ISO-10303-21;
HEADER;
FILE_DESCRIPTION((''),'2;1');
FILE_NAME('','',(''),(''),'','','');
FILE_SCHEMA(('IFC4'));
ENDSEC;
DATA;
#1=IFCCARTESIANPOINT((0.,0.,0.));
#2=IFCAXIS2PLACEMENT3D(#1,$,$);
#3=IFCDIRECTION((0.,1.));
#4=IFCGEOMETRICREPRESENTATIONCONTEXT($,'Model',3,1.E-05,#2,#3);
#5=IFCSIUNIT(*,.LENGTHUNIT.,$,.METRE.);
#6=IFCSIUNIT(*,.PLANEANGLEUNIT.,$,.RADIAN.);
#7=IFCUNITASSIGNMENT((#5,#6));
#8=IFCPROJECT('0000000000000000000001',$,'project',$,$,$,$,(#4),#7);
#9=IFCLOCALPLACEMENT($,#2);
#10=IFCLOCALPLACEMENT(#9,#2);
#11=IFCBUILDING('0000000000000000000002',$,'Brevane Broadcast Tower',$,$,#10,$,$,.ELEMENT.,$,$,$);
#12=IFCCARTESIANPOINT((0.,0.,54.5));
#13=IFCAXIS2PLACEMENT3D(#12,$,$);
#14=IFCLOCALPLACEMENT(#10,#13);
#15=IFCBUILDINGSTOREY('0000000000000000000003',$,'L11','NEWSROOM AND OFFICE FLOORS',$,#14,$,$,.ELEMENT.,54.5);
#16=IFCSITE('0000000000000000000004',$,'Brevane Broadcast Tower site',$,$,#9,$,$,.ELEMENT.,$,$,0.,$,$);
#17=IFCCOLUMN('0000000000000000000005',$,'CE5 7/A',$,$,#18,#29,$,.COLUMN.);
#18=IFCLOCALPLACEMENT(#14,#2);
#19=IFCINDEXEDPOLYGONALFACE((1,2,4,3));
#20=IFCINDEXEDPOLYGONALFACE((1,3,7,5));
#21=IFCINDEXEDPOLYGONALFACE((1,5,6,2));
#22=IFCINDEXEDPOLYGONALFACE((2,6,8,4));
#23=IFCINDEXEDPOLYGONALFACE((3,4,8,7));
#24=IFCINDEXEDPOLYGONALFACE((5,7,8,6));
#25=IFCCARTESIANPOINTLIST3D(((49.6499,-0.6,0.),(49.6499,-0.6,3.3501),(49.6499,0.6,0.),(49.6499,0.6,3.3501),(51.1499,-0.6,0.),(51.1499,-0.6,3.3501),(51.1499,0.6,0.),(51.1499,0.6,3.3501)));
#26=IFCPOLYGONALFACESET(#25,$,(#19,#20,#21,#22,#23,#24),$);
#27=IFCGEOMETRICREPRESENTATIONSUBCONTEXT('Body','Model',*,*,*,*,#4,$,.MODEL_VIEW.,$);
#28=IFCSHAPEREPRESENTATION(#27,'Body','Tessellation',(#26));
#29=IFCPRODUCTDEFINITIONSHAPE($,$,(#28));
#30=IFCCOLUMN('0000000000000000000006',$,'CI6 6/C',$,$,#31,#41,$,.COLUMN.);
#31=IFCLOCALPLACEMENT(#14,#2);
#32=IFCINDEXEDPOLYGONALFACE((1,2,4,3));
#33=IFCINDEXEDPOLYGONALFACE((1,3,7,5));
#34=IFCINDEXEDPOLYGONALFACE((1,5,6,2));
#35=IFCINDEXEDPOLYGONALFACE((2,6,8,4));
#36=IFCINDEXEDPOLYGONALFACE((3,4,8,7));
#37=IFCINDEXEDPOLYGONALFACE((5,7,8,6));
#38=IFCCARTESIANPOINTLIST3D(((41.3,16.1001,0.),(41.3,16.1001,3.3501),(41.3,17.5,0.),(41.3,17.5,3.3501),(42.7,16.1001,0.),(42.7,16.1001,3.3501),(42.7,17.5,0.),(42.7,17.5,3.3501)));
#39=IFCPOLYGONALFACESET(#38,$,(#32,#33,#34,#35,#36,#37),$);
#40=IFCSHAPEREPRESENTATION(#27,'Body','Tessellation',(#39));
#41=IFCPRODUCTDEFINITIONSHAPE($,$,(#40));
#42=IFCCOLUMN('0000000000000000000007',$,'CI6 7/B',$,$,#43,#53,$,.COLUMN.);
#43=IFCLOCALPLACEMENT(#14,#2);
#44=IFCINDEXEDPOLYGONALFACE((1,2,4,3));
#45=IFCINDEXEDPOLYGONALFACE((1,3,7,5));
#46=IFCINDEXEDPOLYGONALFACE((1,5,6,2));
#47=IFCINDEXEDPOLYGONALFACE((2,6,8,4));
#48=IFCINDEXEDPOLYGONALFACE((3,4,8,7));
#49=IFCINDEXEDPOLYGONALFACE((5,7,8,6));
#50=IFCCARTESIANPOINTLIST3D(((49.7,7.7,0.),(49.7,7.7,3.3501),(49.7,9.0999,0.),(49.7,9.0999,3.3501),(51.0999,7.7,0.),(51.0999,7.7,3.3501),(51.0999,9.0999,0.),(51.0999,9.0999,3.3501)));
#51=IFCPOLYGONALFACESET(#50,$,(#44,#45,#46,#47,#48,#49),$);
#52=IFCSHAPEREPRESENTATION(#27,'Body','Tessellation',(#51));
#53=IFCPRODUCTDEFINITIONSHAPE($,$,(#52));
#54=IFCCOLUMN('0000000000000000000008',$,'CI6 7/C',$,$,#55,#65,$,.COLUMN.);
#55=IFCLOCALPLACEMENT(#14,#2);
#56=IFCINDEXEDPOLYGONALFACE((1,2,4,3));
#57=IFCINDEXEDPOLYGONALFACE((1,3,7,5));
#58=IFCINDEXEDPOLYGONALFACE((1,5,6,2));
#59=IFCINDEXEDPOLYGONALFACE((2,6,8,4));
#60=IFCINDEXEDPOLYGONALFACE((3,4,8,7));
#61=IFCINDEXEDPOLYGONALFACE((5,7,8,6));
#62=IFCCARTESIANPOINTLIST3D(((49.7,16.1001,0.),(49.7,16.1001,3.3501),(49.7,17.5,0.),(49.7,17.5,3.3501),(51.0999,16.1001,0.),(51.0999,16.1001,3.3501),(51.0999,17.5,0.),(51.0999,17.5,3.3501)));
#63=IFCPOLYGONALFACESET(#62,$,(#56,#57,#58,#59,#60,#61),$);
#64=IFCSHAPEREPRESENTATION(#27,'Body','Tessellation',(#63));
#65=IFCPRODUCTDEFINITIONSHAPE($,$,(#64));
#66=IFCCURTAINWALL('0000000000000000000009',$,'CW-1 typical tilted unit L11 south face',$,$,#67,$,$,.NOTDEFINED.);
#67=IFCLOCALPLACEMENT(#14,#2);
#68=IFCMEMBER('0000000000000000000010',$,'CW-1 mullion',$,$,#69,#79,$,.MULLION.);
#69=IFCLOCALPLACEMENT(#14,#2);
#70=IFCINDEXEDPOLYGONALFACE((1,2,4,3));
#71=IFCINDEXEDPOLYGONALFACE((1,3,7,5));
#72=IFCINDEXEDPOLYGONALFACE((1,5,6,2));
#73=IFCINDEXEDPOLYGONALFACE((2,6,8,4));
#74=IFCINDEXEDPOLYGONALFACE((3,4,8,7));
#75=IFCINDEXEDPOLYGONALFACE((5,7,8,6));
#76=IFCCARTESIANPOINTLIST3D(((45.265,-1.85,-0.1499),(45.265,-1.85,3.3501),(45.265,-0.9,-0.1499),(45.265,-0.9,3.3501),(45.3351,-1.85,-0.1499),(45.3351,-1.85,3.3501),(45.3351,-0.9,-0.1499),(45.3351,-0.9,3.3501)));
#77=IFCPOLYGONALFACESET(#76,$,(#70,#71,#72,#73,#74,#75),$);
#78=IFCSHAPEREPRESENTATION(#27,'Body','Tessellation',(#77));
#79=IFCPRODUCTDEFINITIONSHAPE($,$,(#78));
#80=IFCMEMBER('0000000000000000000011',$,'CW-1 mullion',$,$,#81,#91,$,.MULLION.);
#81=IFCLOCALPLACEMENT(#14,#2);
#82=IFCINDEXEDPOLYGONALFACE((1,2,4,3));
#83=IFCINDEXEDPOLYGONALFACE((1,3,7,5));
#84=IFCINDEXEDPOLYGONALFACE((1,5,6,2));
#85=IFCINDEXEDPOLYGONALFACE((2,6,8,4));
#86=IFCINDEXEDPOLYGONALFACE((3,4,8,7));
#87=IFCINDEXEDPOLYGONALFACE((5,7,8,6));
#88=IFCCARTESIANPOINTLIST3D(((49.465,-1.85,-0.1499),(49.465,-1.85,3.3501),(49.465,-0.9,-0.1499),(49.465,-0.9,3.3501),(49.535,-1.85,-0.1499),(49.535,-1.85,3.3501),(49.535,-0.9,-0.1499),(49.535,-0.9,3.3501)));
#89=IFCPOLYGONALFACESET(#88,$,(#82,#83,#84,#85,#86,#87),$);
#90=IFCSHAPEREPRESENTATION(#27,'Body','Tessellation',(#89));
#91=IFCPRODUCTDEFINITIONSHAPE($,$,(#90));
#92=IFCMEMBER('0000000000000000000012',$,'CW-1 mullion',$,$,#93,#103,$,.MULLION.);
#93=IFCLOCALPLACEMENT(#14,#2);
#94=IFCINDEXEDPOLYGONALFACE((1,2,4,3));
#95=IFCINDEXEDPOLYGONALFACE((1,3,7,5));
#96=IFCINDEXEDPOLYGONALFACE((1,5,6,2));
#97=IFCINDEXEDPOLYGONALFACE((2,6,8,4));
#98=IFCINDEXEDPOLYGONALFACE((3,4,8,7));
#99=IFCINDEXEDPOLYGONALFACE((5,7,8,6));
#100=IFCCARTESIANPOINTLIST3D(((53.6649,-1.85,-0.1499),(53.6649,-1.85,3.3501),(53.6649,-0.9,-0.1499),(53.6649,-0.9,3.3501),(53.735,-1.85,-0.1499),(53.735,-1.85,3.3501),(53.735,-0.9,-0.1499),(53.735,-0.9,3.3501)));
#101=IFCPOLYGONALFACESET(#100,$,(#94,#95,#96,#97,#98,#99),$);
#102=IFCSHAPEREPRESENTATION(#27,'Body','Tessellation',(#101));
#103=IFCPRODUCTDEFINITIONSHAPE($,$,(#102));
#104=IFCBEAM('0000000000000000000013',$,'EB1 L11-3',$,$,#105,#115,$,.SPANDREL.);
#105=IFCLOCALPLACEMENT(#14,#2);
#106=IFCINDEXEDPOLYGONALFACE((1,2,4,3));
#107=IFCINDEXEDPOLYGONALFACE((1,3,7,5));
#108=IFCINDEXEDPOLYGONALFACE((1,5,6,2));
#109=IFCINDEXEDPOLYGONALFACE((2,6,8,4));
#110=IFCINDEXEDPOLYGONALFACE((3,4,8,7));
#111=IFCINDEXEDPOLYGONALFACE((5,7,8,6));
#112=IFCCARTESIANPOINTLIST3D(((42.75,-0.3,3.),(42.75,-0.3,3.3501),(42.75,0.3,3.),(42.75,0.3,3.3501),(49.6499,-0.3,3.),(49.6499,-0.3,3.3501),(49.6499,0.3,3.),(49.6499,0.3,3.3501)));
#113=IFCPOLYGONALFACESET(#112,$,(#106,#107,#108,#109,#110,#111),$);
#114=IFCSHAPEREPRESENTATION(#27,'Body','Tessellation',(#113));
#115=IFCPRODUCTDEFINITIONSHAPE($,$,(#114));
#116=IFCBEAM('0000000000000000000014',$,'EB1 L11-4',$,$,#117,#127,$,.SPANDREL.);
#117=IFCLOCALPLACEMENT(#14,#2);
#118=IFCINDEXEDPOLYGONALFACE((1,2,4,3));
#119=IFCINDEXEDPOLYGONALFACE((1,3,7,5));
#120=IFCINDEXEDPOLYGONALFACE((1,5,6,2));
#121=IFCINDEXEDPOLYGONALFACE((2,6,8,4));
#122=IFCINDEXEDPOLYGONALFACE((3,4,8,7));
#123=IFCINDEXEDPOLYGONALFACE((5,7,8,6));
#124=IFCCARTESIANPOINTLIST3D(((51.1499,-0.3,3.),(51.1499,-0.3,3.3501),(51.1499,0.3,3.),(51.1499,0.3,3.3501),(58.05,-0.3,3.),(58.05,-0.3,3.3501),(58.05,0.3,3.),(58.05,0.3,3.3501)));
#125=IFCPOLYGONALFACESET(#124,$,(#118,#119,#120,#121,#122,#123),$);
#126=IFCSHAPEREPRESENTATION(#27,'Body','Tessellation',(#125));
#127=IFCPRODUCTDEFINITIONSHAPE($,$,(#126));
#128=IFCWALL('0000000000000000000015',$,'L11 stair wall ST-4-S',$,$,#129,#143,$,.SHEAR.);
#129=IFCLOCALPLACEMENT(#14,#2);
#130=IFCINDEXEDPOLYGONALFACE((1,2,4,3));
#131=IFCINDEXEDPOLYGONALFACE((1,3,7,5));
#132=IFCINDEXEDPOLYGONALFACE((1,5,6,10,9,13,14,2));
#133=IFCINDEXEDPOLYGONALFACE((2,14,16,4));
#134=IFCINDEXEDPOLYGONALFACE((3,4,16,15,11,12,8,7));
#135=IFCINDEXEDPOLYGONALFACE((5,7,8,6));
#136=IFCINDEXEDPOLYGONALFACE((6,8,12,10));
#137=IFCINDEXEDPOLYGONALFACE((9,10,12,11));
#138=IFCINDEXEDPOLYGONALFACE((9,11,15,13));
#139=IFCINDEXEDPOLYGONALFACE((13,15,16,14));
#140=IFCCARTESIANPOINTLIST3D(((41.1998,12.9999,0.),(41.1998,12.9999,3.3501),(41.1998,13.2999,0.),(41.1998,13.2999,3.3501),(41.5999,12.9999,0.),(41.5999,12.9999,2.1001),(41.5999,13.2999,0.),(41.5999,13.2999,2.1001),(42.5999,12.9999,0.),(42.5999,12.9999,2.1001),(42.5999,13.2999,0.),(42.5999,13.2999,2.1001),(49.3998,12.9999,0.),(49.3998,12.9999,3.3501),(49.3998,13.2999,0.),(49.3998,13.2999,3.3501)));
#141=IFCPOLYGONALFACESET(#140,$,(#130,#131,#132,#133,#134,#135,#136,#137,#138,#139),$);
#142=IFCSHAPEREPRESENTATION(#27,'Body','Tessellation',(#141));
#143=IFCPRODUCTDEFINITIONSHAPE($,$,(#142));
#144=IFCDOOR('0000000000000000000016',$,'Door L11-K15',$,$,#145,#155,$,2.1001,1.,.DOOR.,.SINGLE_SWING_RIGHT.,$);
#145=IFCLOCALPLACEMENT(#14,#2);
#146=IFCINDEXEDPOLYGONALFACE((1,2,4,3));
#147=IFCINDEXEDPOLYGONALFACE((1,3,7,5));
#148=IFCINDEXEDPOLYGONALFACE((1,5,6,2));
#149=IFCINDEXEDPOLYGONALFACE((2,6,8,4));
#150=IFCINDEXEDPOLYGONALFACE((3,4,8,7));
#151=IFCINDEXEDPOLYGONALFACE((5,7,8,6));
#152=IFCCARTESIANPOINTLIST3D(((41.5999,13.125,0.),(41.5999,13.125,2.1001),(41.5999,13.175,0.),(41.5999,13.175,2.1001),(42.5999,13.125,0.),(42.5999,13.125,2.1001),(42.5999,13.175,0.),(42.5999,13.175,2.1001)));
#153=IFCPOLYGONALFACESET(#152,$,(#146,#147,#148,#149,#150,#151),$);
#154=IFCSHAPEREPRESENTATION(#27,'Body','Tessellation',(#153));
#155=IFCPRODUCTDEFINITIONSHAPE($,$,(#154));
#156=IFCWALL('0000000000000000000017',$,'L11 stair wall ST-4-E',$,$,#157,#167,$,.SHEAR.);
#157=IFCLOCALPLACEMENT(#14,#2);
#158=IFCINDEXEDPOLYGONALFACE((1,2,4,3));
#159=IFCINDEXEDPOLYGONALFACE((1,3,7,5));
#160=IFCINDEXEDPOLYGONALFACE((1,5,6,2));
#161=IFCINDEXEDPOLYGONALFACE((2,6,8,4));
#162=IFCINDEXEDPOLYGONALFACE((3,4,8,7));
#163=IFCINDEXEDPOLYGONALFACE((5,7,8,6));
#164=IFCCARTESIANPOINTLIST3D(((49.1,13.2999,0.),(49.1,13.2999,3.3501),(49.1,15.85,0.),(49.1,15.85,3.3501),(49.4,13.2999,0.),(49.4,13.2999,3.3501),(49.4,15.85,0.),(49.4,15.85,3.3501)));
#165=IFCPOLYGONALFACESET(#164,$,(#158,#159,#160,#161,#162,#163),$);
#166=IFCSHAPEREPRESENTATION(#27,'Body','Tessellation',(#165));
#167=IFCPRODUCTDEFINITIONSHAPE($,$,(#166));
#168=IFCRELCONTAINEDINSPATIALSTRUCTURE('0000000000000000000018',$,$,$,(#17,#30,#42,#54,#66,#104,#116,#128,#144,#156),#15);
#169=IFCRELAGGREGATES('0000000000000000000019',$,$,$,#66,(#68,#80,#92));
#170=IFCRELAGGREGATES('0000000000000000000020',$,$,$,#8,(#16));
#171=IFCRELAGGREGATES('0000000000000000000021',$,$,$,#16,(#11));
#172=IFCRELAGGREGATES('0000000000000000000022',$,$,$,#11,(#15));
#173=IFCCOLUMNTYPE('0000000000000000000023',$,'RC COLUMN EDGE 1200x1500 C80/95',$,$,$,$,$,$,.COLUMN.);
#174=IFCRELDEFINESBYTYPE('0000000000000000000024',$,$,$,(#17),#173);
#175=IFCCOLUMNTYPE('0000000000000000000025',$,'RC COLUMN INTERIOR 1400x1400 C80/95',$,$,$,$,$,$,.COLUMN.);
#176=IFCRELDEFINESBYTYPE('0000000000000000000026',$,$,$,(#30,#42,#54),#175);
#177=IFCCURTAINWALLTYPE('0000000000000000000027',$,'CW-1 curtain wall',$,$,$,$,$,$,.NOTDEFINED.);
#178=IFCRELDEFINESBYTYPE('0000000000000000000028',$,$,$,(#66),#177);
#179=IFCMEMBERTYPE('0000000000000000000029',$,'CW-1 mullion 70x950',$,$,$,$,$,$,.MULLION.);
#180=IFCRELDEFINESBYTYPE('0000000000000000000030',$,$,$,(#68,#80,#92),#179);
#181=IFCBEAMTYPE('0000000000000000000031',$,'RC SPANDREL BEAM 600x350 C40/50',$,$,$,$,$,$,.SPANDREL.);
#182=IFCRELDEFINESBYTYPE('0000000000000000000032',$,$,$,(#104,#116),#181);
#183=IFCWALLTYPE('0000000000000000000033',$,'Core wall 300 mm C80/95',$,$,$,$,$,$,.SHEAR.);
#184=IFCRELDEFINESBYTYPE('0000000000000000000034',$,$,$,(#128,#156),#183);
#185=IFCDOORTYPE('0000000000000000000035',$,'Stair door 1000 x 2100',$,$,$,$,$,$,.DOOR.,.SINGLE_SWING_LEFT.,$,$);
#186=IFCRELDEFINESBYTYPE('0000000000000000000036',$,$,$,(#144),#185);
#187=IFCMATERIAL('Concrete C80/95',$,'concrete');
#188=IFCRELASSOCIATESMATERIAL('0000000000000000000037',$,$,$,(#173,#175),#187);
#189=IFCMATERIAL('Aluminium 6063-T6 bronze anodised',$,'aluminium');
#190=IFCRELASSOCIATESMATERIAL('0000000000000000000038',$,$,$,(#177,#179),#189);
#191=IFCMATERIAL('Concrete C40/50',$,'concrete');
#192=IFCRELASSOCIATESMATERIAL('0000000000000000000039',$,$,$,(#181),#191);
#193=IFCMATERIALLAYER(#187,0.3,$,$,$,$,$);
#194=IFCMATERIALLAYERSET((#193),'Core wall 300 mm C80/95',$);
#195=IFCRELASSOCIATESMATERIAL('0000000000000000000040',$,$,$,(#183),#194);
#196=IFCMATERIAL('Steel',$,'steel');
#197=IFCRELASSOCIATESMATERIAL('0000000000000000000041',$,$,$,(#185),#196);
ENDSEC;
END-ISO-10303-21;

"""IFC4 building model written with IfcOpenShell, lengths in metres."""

from ifc_helpers import new_model, si_unit, direction, frame, frame_2d, origin, origin_2d, place, context, subcontext, project, spatial, rectangle, extrude, material, layer, layer_set, material_profile, profile_set, type_object, element, fill, aggregate, save


model = new_model("IFC4")

# Units and contexts
model_context = context("Model", 3, precision=1e-05, world=origin(), true_north=direction((0.0, 1.0)))
body_context = subcontext(model_context, "Body", "Model", "MODEL_VIEW")
ifc_project = project(units=[si_unit("LENGTHUNIT", "METRE"), si_unit("PLANEANGLEUNIT", "RADIAN")], contexts=[model_context])

# Site, building, storey
site_placement = place(None, origin())
site = spatial("IfcSite", under=ifc_project, at=site_placement, Name="Brevane Broadcast Tower site", CompositionType="ELEMENT", RefElevation=0.0)
building_placement = place(site_placement, origin())
building = spatial("IfcBuilding", under=site, at=building_placement, Name="Brevane Broadcast Tower", CompositionType="ELEMENT")
storey_placement = place(building_placement, frame((0.0, 0.0, 54.5)))
storey = spatial("IfcBuildingStorey", under=building, at=storey_placement, Name="L11", Description="NEWSROOM AND OFFICE FLOORS", CompositionType="ELEMENT", Elevation=54.5)

# Columns
ifc_material_1 = material(Name="Concrete C80/95", Category="concrete")
ifc_material_profile_1 = material_profile(ifc_material_1, rectangle(XDim=1.2, YDim=1.5, at=origin_2d()), Name="RC 1200x1500")
ifc_profile_set_1 = profile_set([ifc_material_profile_1], Name="Concrete C80/95")
column_type_1 = type_object("IfcColumnType", Name="RC COLUMN EDGE 1200x1500 C80/95", PredefinedType="COLUMN", material=ifc_profile_set_1)
column_placement = place(storey_placement, frame((50.3999, 0.0, 0.0), z_axis=(0.0, 0.0, 1.0), x_axis=(0.0, 1.0, 0.0)))
element("IfcColumn", 1, at=column_placement, inside=storey, type_object=column_type_1, Name="CE5 7/A", PredefinedType="COLUMN", context=body_context, shape_type="SweptSolid", body=[
    extrude(rectangle(XDim=1.2, YDim=1.5, at=origin_2d()), origin(), (0.0, 0.0, 1.0), 3.3501),
])
ifc_material_profile_2 = material_profile(ifc_material_1, rectangle(XDim=1.3999, YDim=1.3999, at=origin_2d()), Name="RC 1400x1400")
ifc_profile_set_2 = profile_set([ifc_material_profile_2], Name="Concrete C80/95")
column_type_2 = type_object("IfcColumnType", Name="RC COLUMN INTERIOR 1400x1400 C80/95", PredefinedType="COLUMN", material=ifc_profile_set_2)
for number, where, z_axis, x_axis, name in (
    (2, (42.0, 16.8, 0.0), (0.0, 0.0, 1.0), (1.0, 0.0, 0.0), "CI6 6/C"),
    (3, (50.3999, 8.3999, 0.0), (0.0, 0.0, 1.0), (1.0, 0.0, 0.0), "CI6 7/B"),
    (4, (50.3999, 16.8, 0.0), (0.0, 0.0, 1.0), (1.0, 0.0, 0.0), "CI6 7/C"),
):
    element("IfcColumn", number, at=place(storey_placement, frame(where, z_axis=z_axis, x_axis=x_axis)), inside=storey, type_object=column_type_2, Name=name, PredefinedType="COLUMN", context=body_context, shape_type="SweptSolid", body=[
        extrude(rectangle(XDim=1.3999, YDim=1.3999, at=origin_2d()), origin(), (0.0, 0.0, 1.0), 3.3501),
    ])

# Curtain wall, members
ifc_material_2 = material(Name="Aluminium 6063-T6 bronze anodised", Category="aluminium")
curtain_wall_type = type_object("IfcCurtainWallType", Name="CW-1 curtain wall", PredefinedType="NOTDEFINED", material=ifc_material_2)
curtain_wall_placement = place(storey_placement, origin())
curtain_wall = element("IfcCurtainWall", 5, at=curtain_wall_placement, inside=storey, type_object=curtain_wall_type, Name="CW-1 typical tilted unit L11 south face", PredefinedType="NOTDEFINED")
ifc_material_profile_3 = material_profile(ifc_material_2, rectangle(XDim=0.95, YDim=0.0701, at=origin_2d()), Name="RECT 70x950")
ifc_profile_set_3 = profile_set([ifc_material_profile_3], Name="Aluminium 6063-T6 bronze anodised")
member_type = type_object("IfcMemberType", Name="CW-1 mullion 70x950", PredefinedType="MULLION", material=ifc_profile_set_3)
member_1_placement = place(storey_placement, frame((45.3, -1.375, -0.1499), z_axis=(0.0, 0.0, 1.0), x_axis=(0.0, 1.0, 0.0)))
member_1 = element("IfcMember", 6, at=member_1_placement, type_object=member_type, Name="CW-1 mullion", PredefinedType="MULLION", context=body_context, shape_type="SweptSolid", body=[
    extrude(rectangle(XDim=0.95, YDim=0.0701, at=origin_2d()), origin(), (0.0, 0.0, 1.0), 3.5),
])
member_2_placement = place(storey_placement, frame((49.5, -1.375, -0.1499), z_axis=(0.0, 0.0, 1.0), x_axis=(0.0, 1.0, 0.0)))
member_2 = element("IfcMember", 7, at=member_2_placement, type_object=member_type, Name="CW-1 mullion", PredefinedType="MULLION", context=body_context, shape_type="SweptSolid", body=[
    extrude(rectangle(XDim=0.95, YDim=0.0701, at=origin_2d()), origin(), (0.0, 0.0, 1.0), 3.5),
])
member_3_placement = place(storey_placement, frame((53.7, -1.375, -0.1499), z_axis=(0.0, 0.0, 1.0), x_axis=(0.0, 1.0, 0.0)))
member_3 = element("IfcMember", 8, at=member_3_placement, type_object=member_type, Name="CW-1 mullion", PredefinedType="MULLION", context=body_context, shape_type="SweptSolid", body=[
    extrude(rectangle(XDim=0.95, YDim=0.0701, at=origin_2d()), origin(), (0.0, 0.0, 1.0), 3.5),
])
aggregate(curtain_wall, [member_1, member_2, member_3])

# Beams
ifc_material_3 = material(Name="Concrete C40/50", Category="concrete")
ifc_material_profile_4 = material_profile(ifc_material_3, rectangle(XDim=0.6001, YDim=0.3501, at=origin_2d()), Name="RC 600x350")
ifc_profile_set_4 = profile_set([ifc_material_profile_4], Name="Concrete C40/50")
beam_type = type_object("IfcBeamType", Name="RC SPANDREL BEAM 600x350 C40/50", PredefinedType="SPANDREL", material=ifc_profile_set_4)
beam_1_placement = place(storey_placement, frame((42.75, 0.0, 3.175), z_axis=(1.0, 0.0, 0.0), x_axis=(0.0, 1.0, 0.0)))
element("IfcBeam", 9, at=beam_1_placement, inside=storey, type_object=beam_type, Name="EB1 L11-3", PredefinedType="SPANDREL", context=body_context, shape_type="SweptSolid", body=[
    extrude(rectangle(XDim=0.6001, YDim=0.3501, at=origin_2d()), origin(), (0.0, 0.0, 1.0), 6.8999),
])
beam_2_placement = place(storey_placement, frame((51.1499, 0.0, 3.175), z_axis=(1.0, 0.0, 0.0), x_axis=(0.0, 1.0, 0.0)))
element("IfcBeam", 10, at=beam_2_placement, inside=storey, type_object=beam_type, Name="EB1 L11-4", PredefinedType="SPANDREL", context=body_context, shape_type="SweptSolid", body=[
    extrude(rectangle(XDim=0.6001, YDim=0.3501, at=origin_2d()), origin(), (0.0, 0.0, 1.0), 6.9001),
])

# Wall, opening, door
ifc_layer_1 = layer(ifc_material_1, 0.3)
ifc_layer_set_1 = layer_set([ifc_layer_1], Name="Core wall 300 mm C80/95")
wall_type_1 = type_object("IfcWallType", Name="Core wall 300 mm C80/95", PredefinedType="SHEAR", material=ifc_layer_set_1)
wall_1_placement = place(storey_placement, frame((49.3999, 13.1499, 0.0), z_axis=(0.0, 0.0, 1.0), x_axis=(-1.0, 0.0, 0.0)))
wall_1 = element("IfcWall", 11, at=wall_1_placement, inside=storey, type_object=wall_type_1, Name="L11 stair wall ST-4-S", PredefinedType="SHEAR", context=body_context, shape_type="SweptSolid", body=[
    extrude(rectangle(XDim=8.2, YDim=0.3, at=frame_2d((4.1001, 0.0))), origin(), (0.0, 0.0, 1.0), 3.3501),
])
opening_1_placement = place(wall_1_placement, frame((6.8, 0.0, 0.0)))
opening_1 = element("IfcOpeningElement", 12, at=opening_1_placement, cuts=wall_1, PredefinedType="OPENING", context=body_context, shape_type="SweptSolid", body=[
    extrude(rectangle(XDim=1.0, YDim=2.1001, at=frame_2d((0.5, 1.05))), frame((0.0, 0.1599, 0.0), z_axis=(0.0, -1.0, 0.0), x_axis=(1.0, 0.0, 0.0)), (0.0, 0.0, 1.0), 0.3201),
])
ifc_material_4 = material(Name="Steel", Category="steel")
door_type_1 = type_object("IfcDoorType", Name="Stair door 1000 x 2100", OperationType="SINGLE_SWING_LEFT", PredefinedType="DOOR", material=ifc_material_4)
door_1_placement = place(opening_1_placement, origin())
door_1 = element("IfcDoor", 13, at=door_1_placement, inside=storey, type_object=door_type_1, Name="Door L11-K15", OperationType="SINGLE_SWING_RIGHT", OverallHeight=2.1001, OverallWidth=1.0, PredefinedType="DOOR", context=body_context, shape_type="SweptSolid", body=[
    extrude(rectangle(XDim=1.0, YDim=2.1001, at=frame_2d((0.5, 1.05))), frame((0.0, 0.0249, 0.0), z_axis=(0.0, -1.0, 0.0), x_axis=(1.0, 0.0, 0.0)), (0.0, 0.0, 1.0), 0.05),
])
fill(opening_1, door_1)

# Wall
wall_2_placement = place(storey_placement, frame((49.25, 13.3, 0.0), z_axis=(0.0, 0.0, 1.0), x_axis=(0.0, 1.0, 0.0)))
element("IfcWall", 14, at=wall_2_placement, inside=storey, type_object=wall_type_1, Name="L11 stair wall ST-4-E", PredefinedType="SHEAR", context=body_context, shape_type="SweptSolid", body=[
    extrude(rectangle(XDim=2.55, YDim=0.3, at=frame_2d((1.2749, 0.0))), origin(), (0.0, 0.0, 1.0), 3.3501),
])

save(model, "model.ifc")
